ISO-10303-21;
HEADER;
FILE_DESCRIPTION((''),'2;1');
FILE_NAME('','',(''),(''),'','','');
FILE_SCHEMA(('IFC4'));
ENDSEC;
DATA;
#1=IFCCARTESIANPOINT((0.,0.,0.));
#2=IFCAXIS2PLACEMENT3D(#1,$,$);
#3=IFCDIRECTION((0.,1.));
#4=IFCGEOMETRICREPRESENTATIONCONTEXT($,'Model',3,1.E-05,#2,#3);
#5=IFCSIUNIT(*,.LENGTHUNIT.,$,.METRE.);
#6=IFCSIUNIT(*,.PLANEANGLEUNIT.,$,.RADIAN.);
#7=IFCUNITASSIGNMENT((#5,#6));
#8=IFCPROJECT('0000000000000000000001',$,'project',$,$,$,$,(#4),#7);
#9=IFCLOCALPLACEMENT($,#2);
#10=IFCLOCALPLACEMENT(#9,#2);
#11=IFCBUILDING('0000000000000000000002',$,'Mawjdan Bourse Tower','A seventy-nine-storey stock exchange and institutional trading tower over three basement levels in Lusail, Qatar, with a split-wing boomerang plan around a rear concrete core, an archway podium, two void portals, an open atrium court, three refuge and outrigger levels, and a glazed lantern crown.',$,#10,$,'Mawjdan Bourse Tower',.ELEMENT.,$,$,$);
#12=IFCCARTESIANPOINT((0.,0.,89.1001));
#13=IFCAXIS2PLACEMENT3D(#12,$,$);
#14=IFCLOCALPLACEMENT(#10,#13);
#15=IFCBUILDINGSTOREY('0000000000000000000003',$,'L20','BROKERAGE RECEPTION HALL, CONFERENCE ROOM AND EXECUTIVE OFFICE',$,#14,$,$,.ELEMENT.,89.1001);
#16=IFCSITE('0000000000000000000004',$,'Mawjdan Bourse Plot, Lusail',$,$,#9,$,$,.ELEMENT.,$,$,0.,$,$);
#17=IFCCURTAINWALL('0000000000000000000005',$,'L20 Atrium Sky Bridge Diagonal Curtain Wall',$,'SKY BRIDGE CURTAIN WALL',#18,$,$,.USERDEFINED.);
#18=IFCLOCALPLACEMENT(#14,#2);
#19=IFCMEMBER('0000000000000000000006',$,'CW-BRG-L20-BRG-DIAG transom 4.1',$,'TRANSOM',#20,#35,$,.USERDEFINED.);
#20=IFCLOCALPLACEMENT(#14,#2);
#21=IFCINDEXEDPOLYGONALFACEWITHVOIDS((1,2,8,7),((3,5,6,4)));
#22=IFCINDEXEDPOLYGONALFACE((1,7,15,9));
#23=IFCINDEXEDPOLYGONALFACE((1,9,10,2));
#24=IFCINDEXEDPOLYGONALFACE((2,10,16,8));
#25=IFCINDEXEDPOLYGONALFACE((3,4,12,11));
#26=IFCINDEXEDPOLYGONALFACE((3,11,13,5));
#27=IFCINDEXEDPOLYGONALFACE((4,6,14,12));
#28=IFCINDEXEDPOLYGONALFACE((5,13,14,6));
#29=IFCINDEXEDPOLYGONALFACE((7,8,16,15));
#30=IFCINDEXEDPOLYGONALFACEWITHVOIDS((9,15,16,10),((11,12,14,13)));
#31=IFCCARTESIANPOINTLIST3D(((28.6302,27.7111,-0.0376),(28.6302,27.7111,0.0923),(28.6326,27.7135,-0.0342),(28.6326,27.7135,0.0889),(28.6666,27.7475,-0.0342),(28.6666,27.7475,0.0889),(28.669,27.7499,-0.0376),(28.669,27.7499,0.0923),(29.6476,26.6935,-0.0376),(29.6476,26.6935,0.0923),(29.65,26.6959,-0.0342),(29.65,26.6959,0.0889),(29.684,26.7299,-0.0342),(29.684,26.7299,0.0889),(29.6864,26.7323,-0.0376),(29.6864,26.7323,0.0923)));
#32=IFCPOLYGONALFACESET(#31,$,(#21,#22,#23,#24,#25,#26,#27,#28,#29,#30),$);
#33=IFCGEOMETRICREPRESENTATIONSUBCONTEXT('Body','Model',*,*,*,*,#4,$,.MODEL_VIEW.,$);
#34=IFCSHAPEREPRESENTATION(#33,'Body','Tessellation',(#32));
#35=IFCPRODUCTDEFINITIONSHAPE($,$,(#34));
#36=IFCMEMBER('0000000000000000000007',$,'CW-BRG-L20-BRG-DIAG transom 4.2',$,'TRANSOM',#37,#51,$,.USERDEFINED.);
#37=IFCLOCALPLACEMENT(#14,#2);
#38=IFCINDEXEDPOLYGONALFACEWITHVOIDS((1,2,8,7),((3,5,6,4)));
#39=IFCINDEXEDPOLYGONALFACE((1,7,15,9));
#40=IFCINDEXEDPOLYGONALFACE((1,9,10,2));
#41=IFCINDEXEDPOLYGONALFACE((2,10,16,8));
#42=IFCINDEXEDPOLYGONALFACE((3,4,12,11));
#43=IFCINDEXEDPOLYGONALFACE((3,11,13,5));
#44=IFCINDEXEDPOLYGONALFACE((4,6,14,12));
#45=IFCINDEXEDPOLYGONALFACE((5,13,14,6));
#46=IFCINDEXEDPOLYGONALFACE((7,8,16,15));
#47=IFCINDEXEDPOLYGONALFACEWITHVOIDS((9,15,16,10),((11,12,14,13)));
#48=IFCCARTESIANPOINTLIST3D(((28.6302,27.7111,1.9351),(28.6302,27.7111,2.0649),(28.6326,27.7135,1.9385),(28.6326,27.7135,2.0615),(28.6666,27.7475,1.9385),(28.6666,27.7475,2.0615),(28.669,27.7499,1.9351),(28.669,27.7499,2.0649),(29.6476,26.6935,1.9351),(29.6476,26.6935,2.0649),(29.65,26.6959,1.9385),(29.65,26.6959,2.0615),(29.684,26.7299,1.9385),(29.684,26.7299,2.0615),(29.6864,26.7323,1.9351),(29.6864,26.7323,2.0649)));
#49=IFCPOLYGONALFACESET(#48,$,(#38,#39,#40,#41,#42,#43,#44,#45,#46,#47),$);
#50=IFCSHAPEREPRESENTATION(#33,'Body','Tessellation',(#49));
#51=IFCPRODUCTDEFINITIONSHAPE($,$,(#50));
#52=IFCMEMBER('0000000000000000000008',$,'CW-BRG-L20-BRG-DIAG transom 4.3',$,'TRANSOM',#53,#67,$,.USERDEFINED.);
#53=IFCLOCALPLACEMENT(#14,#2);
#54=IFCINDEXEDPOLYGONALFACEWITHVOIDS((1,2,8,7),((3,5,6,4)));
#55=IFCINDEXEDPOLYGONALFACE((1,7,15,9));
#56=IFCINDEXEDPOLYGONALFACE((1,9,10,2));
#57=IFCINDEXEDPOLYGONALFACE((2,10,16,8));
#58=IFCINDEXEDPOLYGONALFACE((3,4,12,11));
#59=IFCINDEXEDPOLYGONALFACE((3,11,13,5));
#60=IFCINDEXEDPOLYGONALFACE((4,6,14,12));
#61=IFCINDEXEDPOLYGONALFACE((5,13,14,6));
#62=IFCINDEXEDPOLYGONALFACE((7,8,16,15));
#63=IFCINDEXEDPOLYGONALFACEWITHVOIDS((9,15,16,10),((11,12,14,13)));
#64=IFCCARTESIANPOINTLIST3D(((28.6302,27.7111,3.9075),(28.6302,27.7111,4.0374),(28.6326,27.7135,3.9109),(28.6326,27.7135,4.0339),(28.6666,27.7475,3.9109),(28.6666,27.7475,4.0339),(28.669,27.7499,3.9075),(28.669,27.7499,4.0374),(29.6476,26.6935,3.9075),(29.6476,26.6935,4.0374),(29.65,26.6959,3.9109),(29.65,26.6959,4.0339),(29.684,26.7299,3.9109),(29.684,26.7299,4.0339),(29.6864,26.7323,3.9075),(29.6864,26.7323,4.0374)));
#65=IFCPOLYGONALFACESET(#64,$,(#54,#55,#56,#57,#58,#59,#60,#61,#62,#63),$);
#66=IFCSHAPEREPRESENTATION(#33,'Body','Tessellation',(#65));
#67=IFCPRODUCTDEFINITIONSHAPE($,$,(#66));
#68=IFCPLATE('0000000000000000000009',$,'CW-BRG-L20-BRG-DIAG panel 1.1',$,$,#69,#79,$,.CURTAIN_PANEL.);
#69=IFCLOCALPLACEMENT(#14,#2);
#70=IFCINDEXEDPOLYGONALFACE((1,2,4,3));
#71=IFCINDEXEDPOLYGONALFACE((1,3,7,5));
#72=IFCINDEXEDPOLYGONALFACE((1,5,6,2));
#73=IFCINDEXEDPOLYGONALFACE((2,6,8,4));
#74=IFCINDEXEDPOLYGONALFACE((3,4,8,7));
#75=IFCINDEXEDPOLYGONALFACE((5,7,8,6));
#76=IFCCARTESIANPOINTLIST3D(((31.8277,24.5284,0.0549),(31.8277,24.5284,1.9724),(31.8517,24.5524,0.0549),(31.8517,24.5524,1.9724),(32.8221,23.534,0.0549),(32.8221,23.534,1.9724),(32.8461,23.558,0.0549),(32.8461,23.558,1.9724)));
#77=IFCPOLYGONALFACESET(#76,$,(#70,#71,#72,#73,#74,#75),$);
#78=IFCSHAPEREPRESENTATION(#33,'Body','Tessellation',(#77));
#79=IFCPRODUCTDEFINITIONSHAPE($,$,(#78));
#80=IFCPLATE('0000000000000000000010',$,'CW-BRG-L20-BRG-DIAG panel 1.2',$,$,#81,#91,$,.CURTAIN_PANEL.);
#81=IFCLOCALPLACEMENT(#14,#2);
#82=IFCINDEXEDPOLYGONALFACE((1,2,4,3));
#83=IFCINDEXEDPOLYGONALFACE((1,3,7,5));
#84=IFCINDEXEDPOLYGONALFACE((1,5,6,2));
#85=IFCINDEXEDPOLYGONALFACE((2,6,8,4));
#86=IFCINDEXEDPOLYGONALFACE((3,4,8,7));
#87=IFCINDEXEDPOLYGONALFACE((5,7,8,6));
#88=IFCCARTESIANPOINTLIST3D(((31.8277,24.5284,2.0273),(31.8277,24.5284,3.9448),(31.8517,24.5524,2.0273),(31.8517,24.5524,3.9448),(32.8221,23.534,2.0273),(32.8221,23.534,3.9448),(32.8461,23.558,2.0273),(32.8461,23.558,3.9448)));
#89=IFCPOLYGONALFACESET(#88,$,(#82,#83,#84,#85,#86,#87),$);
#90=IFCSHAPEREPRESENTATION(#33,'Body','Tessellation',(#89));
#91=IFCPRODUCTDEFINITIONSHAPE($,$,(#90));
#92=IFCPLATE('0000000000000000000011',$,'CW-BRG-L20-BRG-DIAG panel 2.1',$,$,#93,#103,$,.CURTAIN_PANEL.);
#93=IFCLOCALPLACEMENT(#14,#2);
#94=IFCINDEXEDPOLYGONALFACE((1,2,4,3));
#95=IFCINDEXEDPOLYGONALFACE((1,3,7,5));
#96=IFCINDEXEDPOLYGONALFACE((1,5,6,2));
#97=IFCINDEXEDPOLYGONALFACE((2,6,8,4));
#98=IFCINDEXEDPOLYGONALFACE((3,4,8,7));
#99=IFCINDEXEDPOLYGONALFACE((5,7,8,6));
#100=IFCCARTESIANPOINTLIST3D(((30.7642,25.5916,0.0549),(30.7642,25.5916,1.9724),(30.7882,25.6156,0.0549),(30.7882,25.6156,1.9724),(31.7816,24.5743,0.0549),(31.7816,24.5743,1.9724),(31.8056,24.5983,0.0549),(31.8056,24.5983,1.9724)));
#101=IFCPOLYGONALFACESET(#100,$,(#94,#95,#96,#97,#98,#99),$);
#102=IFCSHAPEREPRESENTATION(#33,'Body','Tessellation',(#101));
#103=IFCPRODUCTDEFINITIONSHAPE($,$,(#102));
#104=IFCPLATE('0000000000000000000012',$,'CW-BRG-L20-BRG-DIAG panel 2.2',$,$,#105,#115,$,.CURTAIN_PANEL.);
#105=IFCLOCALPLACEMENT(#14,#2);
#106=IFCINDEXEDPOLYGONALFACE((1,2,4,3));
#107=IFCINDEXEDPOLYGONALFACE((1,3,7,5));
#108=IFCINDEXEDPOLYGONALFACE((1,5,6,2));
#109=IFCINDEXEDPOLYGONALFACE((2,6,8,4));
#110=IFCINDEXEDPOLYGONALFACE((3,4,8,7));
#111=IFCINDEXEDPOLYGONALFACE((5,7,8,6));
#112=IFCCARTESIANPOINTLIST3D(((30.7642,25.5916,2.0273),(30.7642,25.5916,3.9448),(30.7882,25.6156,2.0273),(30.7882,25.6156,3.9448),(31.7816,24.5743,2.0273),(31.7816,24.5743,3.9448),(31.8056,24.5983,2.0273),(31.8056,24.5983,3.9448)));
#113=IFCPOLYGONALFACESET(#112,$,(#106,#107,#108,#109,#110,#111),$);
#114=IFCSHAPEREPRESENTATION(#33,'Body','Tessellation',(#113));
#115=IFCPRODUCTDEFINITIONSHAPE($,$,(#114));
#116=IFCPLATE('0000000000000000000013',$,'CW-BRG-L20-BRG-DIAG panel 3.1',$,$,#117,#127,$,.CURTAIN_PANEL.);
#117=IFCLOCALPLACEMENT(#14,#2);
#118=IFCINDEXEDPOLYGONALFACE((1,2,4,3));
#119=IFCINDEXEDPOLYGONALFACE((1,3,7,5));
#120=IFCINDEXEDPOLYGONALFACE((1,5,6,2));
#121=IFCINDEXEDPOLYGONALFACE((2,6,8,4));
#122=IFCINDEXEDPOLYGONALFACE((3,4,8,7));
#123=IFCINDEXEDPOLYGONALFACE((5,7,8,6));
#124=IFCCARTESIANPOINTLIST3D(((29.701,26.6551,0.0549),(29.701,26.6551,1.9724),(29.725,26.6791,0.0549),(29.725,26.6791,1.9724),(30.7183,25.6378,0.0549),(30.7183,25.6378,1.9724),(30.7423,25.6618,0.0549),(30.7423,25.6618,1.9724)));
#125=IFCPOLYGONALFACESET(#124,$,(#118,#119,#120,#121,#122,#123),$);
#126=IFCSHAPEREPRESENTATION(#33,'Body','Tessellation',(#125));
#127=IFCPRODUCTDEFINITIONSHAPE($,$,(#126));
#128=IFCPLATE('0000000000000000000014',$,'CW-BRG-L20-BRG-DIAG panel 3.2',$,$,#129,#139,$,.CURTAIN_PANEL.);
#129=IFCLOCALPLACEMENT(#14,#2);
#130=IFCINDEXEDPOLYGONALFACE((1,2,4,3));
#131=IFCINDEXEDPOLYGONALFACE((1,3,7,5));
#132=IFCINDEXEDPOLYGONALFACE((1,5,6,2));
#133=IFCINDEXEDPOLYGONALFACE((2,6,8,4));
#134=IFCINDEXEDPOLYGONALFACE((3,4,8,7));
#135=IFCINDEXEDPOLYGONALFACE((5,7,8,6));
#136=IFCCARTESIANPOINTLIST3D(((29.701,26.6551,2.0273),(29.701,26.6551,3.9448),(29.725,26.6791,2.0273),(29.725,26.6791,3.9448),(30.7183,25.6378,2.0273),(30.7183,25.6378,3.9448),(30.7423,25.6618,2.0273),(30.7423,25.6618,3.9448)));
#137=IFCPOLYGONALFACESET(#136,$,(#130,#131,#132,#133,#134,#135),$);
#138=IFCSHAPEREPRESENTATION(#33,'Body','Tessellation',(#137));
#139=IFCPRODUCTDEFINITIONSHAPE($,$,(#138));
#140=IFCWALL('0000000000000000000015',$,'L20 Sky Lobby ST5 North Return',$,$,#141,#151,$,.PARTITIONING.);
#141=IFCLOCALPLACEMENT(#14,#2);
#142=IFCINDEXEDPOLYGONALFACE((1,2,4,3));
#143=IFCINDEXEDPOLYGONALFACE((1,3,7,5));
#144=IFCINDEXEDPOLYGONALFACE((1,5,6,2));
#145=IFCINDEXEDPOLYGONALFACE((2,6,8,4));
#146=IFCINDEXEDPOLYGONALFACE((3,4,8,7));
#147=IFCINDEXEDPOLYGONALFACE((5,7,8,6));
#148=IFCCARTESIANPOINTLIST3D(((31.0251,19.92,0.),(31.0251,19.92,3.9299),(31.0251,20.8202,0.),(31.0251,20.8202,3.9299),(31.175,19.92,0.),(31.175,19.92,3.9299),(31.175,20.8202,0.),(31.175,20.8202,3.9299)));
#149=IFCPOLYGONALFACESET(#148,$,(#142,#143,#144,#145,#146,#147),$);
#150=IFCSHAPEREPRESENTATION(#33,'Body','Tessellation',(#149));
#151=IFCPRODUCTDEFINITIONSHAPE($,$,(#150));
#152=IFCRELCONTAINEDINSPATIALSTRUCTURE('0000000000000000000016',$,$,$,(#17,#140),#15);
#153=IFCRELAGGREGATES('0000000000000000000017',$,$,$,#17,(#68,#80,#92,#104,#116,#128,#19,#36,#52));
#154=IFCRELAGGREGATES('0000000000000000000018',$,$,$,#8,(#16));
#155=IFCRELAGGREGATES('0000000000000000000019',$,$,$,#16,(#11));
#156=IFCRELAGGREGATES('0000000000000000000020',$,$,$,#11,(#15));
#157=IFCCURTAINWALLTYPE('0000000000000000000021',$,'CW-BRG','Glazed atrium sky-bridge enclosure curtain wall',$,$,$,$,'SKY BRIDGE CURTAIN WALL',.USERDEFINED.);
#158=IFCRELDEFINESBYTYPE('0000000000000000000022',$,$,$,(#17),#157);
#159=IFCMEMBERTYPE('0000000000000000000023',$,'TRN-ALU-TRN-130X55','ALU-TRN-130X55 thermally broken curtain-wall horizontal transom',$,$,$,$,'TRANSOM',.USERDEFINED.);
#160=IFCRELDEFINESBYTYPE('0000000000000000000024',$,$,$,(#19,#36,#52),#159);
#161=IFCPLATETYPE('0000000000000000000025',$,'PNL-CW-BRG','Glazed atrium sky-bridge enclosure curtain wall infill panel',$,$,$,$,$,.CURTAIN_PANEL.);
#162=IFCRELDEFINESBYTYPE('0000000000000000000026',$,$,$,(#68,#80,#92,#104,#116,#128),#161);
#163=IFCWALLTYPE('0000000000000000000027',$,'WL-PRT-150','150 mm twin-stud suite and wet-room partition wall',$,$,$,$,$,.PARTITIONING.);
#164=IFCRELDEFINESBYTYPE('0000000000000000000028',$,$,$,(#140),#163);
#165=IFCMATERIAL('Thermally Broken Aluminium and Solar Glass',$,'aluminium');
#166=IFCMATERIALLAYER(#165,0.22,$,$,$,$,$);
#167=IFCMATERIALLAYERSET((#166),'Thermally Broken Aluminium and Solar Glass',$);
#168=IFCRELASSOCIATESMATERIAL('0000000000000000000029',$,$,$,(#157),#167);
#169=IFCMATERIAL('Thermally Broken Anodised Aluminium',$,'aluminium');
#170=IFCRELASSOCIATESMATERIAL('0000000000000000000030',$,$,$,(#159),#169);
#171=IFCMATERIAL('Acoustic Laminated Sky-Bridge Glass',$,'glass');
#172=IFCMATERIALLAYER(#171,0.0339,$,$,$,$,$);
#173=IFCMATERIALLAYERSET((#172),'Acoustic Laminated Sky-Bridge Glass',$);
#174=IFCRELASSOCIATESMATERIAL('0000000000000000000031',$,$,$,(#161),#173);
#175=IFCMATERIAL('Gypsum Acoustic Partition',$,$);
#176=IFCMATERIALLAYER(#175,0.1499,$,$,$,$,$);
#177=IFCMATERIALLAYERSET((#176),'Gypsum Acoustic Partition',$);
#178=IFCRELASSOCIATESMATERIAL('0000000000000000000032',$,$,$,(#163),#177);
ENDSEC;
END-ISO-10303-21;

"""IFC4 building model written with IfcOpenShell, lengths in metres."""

from ifc_helpers import new_model, si_unit, direction, frame, frame_2d, origin, origin_2d, place, context, subcontext, project, spatial, rectangle, hollow_rectangle, extrude, material, layer, layer_set, material_profile, profile_set, type_object, element, aggregate, save


model = new_model("IFC4")

# Units and contexts
model_context = context("Model", 3, precision=1e-05, world=origin(), true_north=direction((0.0, 1.0)))
body_context = subcontext(model_context, "Body", "Model", "MODEL_VIEW")
ifc_project = project(units=[si_unit("LENGTHUNIT", "METRE"), si_unit("PLANEANGLEUNIT", "RADIAN")], contexts=[model_context])

# Site, building, storey
site_placement = place(None, origin())
site = spatial("IfcSite", under=ifc_project, at=site_placement, Name="Mawjdan Bourse Plot, Lusail", CompositionType="ELEMENT", RefElevation=0.0)
building_placement = place(site_placement, origin())
building = spatial("IfcBuilding", under=site, at=building_placement, Name="Mawjdan Bourse Tower", Description="A seventy-nine-storey stock exchange and institutional trading tower over three basement levels in Lusail, Qatar, with a split-wing boomerang plan around a rear concrete core, an archway podium, two void portals, an open atrium court, three refuge and outrigger levels, and a glazed lantern crown.", LongName="Mawjdan Bourse Tower", CompositionType="ELEMENT")
storey_placement = place(building_placement, frame((0.0, 0.0, 89.1001)))
storey = spatial("IfcBuildingStorey", under=building, at=storey_placement, Name="L20", Description="BROKERAGE RECEPTION HALL, CONFERENCE ROOM AND EXECUTIVE OFFICE", CompositionType="ELEMENT", Elevation=89.1001)

# Curtain wall, members, plates
ifc_material_1 = material(Name="Thermally Broken Aluminium and Solar Glass", Category="aluminium")
ifc_layer_1 = layer(ifc_material_1, 0.22)
ifc_layer_set_1 = layer_set([ifc_layer_1], Name="Thermally Broken Aluminium and Solar Glass")
curtain_wall_type = type_object("IfcCurtainWallType", Name="CW-BRG", Description="Glazed atrium sky-bridge enclosure curtain wall", ElementType="SKY BRIDGE CURTAIN WALL", PredefinedType="USERDEFINED", material=ifc_layer_set_1)
curtain_wall_placement = place(storey_placement, origin())
curtain_wall = element("IfcCurtainWall", 1, at=curtain_wall_placement, inside=storey, type_object=curtain_wall_type, Name="L20 Atrium Sky Bridge Diagonal Curtain Wall", ObjectType="SKY BRIDGE CURTAIN WALL", PredefinedType="USERDEFINED")
ifc_material_2 = material(Name="Thermally Broken Anodised Aluminium", Category="aluminium")
ifc_material_profile_1 = material_profile(ifc_material_2, hollow_rectangle(XDim=0.0549, YDim=0.1299, WallThickness=0.0034, at=origin_2d()), Name="ALU-TRN-130X55")
ifc_profile_set_1 = profile_set([ifc_material_profile_1], Name="Thermally Broken Anodised Aluminium")
member_type_1 = type_object("IfcMemberType", Name="TRN-ALU-TRN-130X55", Description="ALU-TRN-130X55 thermally broken curtain-wall horizontal transom", ElementType="TRANSOM", PredefinedType="USERDEFINED", material=ifc_profile_set_1)
member_1_placement = place(storey_placement, frame((29.667, 26.7129, 0.0273), z_axis=(-0.707022, 0.707192, 0.0), x_axis=(-0.707192, -0.707022, 0.0)))
member_1 = element("IfcMember", 2, at=member_1_placement, type_object=member_type_1, Name="CW-BRG-L20-BRG-DIAG transom 4.1", ObjectType="TRANSOM", PredefinedType="USERDEFINED", context=body_context, shape_type="SweptSolid", body=[
    extrude(hollow_rectangle(XDim=0.0549, YDim=0.1299, WallThickness=0.0034, at=origin_2d()), origin(), (0.0, 0.0, 1.0), 1.439),
])
member_2_placement = place(storey_placement, frame((29.667, 26.7129, 2.0), z_axis=(-0.707022, 0.707192, 0.0), x_axis=(-0.707192, -0.707022, 0.0)))
member_2 = element("IfcMember", 3, at=member_2_placement, type_object=member_type_1, Name="CW-BRG-L20-BRG-DIAG transom 4.2", ObjectType="TRANSOM", PredefinedType="USERDEFINED", context=body_context, shape_type="SweptSolid", body=[
    extrude(hollow_rectangle(XDim=0.0549, YDim=0.1299, WallThickness=0.0034, at=origin_2d()), origin(), (0.0, 0.0, 1.0), 1.439),
])
member_3_placement = place(storey_placement, frame((29.667, 26.7129, 3.9724), z_axis=(-0.707022, 0.707192, 0.0), x_axis=(-0.707192, -0.707022, 0.0)))
member_3 = element("IfcMember", 4, at=member_3_placement, type_object=member_type_1, Name="CW-BRG-L20-BRG-DIAG transom 4.3", ObjectType="TRANSOM", PredefinedType="USERDEFINED", context=body_context, shape_type="SweptSolid", body=[
    extrude(hollow_rectangle(XDim=0.0549, YDim=0.1299, WallThickness=0.0034, at=origin_2d()), origin(), (0.0, 0.0, 1.0), 1.439),
])
ifc_material_3 = material(Name="Acoustic Laminated Sky-Bridge Glass", Category="glass")
ifc_layer_2 = layer(ifc_material_3, 0.0339)
ifc_layer_set_2 = layer_set([ifc_layer_2], Name="Acoustic Laminated Sky-Bridge Glass")
plate_type = type_object("IfcPlateType", Name="PNL-CW-BRG", Description="Glazed atrium sky-bridge enclosure curtain wall infill panel", PredefinedType="CURTAIN_PANEL", material=ifc_layer_set_2)
plate_1_placement = place(storey_placement, frame((32.3369, 24.0432, 0.0549), z_axis=(0.0, 0.0, 1.0), x_axis=(-0.707107, 0.707107, 0.0)))
plate_1 = element("IfcPlate", 5, at=plate_1_placement, type_object=plate_type, Name="CW-BRG-L20-BRG-DIAG panel 1.1", PredefinedType="CURTAIN_PANEL", context=body_context, shape_type="SweptSolid", body=[
    extrude(rectangle(XDim=1.4062, YDim=0.0339, at=origin_2d()), origin(), (0.0, 0.0, 1.0), 1.9175),
])
plate_2_placement = place(storey_placement, frame((32.3369, 24.0432, 2.0273), z_axis=(0.0, 0.0, 1.0), x_axis=(-0.707107, 0.707107, 0.0)))
plate_2 = element("IfcPlate", 6, at=plate_2_placement, type_object=plate_type, Name="CW-BRG-L20-BRG-DIAG panel 1.2", PredefinedType="CURTAIN_PANEL", context=body_context, shape_type="SweptSolid", body=[
    extrude(rectangle(XDim=1.4062, YDim=0.0339, at=origin_2d()), origin(), (0.0, 0.0, 1.0), 1.9175),
])
plate_3_placement = place(storey_placement, frame((31.2849, 25.095, 0.0549), z_axis=(0.0, 0.0, 1.0), x_axis=(-0.707107, 0.707107, 0.0)))
plate_3 = element("IfcPlate", 7, at=plate_3_placement, type_object=plate_type, Name="CW-BRG-L20-BRG-DIAG panel 2.1", PredefinedType="CURTAIN_PANEL", context=body_context, shape_type="SweptSolid", body=[
    extrude(rectangle(XDim=1.4387, YDim=0.0339, at=origin_2d()), origin(), (0.0, 0.0, 1.0), 1.9175),
])
plate_4_placement = place(storey_placement, frame((31.2849, 25.095, 2.0273), z_axis=(0.0, 0.0, 1.0), x_axis=(-0.707107, 0.707107, 0.0)))
plate_4 = element("IfcPlate", 8, at=plate_4_placement, type_object=plate_type, Name="CW-BRG-L20-BRG-DIAG panel 2.2", PredefinedType="CURTAIN_PANEL", context=body_context, shape_type="SweptSolid", body=[
    extrude(rectangle(XDim=1.4387, YDim=0.0339, at=origin_2d()), origin(), (0.0, 0.0, 1.0), 1.9175),
])
plate_5_placement = place(storey_placement, frame((30.2217, 26.1584, 0.0549), z_axis=(0.0, 0.0, 1.0), x_axis=(-0.707107, 0.707107, 0.0)))
plate_5 = element("IfcPlate", 9, at=plate_5_placement, type_object=plate_type, Name="CW-BRG-L20-BRG-DIAG panel 3.1", PredefinedType="CURTAIN_PANEL", context=body_context, shape_type="SweptSolid", body=[
    extrude(rectangle(XDim=1.4387, YDim=0.0339, at=origin_2d()), origin(), (0.0, 0.0, 1.0), 1.9175),
])
plate_6_placement = place(storey_placement, frame((30.2217, 26.1584, 2.0273), z_axis=(0.0, 0.0, 1.0), x_axis=(-0.707107, 0.707107, 0.0)))
plate_6 = element("IfcPlate", 10, at=plate_6_placement, type_object=plate_type, Name="CW-BRG-L20-BRG-DIAG panel 3.2", PredefinedType="CURTAIN_PANEL", context=body_context, shape_type="SweptSolid", body=[
    extrude(rectangle(XDim=1.4387, YDim=0.0339, at=origin_2d()), origin(), (0.0, 0.0, 1.0), 1.9175),
])
aggregate(curtain_wall, [plate_1, plate_2, plate_3, plate_4, plate_5, plate_6, member_1, member_2, member_3])

# Wall
ifc_material_4 = material(Name="Gypsum Acoustic Partition")
ifc_layer_3 = layer(ifc_material_4, 0.1499)
ifc_layer_set_3 = layer_set([ifc_layer_3], Name="Gypsum Acoustic Partition")
wall_type = type_object("IfcWallType", Name="WL-PRT-150", Description="150 mm twin-stud suite and wet-room partition wall", PredefinedType="PARTITIONING", material=ifc_layer_set_3)
wall_placement = place(storey_placement, frame((31.1001, 19.9199, 0.0), z_axis=(0.0, 0.0, 1.0), x_axis=(0.0, 1.0, 0.0)))
element("IfcWall", 11, at=wall_placement, inside=storey, type_object=wall_type, Name="L20 Sky Lobby ST5 North Return", PredefinedType="PARTITIONING", context=body_context, shape_type="SweptSolid", body=[
    extrude(rectangle(XDim=0.9001, YDim=0.1499, at=frame_2d((0.4502, 0.0))), origin(), (0.0, 0.0, 1.0), 3.9299),
])

save(model, "model.ifc")
